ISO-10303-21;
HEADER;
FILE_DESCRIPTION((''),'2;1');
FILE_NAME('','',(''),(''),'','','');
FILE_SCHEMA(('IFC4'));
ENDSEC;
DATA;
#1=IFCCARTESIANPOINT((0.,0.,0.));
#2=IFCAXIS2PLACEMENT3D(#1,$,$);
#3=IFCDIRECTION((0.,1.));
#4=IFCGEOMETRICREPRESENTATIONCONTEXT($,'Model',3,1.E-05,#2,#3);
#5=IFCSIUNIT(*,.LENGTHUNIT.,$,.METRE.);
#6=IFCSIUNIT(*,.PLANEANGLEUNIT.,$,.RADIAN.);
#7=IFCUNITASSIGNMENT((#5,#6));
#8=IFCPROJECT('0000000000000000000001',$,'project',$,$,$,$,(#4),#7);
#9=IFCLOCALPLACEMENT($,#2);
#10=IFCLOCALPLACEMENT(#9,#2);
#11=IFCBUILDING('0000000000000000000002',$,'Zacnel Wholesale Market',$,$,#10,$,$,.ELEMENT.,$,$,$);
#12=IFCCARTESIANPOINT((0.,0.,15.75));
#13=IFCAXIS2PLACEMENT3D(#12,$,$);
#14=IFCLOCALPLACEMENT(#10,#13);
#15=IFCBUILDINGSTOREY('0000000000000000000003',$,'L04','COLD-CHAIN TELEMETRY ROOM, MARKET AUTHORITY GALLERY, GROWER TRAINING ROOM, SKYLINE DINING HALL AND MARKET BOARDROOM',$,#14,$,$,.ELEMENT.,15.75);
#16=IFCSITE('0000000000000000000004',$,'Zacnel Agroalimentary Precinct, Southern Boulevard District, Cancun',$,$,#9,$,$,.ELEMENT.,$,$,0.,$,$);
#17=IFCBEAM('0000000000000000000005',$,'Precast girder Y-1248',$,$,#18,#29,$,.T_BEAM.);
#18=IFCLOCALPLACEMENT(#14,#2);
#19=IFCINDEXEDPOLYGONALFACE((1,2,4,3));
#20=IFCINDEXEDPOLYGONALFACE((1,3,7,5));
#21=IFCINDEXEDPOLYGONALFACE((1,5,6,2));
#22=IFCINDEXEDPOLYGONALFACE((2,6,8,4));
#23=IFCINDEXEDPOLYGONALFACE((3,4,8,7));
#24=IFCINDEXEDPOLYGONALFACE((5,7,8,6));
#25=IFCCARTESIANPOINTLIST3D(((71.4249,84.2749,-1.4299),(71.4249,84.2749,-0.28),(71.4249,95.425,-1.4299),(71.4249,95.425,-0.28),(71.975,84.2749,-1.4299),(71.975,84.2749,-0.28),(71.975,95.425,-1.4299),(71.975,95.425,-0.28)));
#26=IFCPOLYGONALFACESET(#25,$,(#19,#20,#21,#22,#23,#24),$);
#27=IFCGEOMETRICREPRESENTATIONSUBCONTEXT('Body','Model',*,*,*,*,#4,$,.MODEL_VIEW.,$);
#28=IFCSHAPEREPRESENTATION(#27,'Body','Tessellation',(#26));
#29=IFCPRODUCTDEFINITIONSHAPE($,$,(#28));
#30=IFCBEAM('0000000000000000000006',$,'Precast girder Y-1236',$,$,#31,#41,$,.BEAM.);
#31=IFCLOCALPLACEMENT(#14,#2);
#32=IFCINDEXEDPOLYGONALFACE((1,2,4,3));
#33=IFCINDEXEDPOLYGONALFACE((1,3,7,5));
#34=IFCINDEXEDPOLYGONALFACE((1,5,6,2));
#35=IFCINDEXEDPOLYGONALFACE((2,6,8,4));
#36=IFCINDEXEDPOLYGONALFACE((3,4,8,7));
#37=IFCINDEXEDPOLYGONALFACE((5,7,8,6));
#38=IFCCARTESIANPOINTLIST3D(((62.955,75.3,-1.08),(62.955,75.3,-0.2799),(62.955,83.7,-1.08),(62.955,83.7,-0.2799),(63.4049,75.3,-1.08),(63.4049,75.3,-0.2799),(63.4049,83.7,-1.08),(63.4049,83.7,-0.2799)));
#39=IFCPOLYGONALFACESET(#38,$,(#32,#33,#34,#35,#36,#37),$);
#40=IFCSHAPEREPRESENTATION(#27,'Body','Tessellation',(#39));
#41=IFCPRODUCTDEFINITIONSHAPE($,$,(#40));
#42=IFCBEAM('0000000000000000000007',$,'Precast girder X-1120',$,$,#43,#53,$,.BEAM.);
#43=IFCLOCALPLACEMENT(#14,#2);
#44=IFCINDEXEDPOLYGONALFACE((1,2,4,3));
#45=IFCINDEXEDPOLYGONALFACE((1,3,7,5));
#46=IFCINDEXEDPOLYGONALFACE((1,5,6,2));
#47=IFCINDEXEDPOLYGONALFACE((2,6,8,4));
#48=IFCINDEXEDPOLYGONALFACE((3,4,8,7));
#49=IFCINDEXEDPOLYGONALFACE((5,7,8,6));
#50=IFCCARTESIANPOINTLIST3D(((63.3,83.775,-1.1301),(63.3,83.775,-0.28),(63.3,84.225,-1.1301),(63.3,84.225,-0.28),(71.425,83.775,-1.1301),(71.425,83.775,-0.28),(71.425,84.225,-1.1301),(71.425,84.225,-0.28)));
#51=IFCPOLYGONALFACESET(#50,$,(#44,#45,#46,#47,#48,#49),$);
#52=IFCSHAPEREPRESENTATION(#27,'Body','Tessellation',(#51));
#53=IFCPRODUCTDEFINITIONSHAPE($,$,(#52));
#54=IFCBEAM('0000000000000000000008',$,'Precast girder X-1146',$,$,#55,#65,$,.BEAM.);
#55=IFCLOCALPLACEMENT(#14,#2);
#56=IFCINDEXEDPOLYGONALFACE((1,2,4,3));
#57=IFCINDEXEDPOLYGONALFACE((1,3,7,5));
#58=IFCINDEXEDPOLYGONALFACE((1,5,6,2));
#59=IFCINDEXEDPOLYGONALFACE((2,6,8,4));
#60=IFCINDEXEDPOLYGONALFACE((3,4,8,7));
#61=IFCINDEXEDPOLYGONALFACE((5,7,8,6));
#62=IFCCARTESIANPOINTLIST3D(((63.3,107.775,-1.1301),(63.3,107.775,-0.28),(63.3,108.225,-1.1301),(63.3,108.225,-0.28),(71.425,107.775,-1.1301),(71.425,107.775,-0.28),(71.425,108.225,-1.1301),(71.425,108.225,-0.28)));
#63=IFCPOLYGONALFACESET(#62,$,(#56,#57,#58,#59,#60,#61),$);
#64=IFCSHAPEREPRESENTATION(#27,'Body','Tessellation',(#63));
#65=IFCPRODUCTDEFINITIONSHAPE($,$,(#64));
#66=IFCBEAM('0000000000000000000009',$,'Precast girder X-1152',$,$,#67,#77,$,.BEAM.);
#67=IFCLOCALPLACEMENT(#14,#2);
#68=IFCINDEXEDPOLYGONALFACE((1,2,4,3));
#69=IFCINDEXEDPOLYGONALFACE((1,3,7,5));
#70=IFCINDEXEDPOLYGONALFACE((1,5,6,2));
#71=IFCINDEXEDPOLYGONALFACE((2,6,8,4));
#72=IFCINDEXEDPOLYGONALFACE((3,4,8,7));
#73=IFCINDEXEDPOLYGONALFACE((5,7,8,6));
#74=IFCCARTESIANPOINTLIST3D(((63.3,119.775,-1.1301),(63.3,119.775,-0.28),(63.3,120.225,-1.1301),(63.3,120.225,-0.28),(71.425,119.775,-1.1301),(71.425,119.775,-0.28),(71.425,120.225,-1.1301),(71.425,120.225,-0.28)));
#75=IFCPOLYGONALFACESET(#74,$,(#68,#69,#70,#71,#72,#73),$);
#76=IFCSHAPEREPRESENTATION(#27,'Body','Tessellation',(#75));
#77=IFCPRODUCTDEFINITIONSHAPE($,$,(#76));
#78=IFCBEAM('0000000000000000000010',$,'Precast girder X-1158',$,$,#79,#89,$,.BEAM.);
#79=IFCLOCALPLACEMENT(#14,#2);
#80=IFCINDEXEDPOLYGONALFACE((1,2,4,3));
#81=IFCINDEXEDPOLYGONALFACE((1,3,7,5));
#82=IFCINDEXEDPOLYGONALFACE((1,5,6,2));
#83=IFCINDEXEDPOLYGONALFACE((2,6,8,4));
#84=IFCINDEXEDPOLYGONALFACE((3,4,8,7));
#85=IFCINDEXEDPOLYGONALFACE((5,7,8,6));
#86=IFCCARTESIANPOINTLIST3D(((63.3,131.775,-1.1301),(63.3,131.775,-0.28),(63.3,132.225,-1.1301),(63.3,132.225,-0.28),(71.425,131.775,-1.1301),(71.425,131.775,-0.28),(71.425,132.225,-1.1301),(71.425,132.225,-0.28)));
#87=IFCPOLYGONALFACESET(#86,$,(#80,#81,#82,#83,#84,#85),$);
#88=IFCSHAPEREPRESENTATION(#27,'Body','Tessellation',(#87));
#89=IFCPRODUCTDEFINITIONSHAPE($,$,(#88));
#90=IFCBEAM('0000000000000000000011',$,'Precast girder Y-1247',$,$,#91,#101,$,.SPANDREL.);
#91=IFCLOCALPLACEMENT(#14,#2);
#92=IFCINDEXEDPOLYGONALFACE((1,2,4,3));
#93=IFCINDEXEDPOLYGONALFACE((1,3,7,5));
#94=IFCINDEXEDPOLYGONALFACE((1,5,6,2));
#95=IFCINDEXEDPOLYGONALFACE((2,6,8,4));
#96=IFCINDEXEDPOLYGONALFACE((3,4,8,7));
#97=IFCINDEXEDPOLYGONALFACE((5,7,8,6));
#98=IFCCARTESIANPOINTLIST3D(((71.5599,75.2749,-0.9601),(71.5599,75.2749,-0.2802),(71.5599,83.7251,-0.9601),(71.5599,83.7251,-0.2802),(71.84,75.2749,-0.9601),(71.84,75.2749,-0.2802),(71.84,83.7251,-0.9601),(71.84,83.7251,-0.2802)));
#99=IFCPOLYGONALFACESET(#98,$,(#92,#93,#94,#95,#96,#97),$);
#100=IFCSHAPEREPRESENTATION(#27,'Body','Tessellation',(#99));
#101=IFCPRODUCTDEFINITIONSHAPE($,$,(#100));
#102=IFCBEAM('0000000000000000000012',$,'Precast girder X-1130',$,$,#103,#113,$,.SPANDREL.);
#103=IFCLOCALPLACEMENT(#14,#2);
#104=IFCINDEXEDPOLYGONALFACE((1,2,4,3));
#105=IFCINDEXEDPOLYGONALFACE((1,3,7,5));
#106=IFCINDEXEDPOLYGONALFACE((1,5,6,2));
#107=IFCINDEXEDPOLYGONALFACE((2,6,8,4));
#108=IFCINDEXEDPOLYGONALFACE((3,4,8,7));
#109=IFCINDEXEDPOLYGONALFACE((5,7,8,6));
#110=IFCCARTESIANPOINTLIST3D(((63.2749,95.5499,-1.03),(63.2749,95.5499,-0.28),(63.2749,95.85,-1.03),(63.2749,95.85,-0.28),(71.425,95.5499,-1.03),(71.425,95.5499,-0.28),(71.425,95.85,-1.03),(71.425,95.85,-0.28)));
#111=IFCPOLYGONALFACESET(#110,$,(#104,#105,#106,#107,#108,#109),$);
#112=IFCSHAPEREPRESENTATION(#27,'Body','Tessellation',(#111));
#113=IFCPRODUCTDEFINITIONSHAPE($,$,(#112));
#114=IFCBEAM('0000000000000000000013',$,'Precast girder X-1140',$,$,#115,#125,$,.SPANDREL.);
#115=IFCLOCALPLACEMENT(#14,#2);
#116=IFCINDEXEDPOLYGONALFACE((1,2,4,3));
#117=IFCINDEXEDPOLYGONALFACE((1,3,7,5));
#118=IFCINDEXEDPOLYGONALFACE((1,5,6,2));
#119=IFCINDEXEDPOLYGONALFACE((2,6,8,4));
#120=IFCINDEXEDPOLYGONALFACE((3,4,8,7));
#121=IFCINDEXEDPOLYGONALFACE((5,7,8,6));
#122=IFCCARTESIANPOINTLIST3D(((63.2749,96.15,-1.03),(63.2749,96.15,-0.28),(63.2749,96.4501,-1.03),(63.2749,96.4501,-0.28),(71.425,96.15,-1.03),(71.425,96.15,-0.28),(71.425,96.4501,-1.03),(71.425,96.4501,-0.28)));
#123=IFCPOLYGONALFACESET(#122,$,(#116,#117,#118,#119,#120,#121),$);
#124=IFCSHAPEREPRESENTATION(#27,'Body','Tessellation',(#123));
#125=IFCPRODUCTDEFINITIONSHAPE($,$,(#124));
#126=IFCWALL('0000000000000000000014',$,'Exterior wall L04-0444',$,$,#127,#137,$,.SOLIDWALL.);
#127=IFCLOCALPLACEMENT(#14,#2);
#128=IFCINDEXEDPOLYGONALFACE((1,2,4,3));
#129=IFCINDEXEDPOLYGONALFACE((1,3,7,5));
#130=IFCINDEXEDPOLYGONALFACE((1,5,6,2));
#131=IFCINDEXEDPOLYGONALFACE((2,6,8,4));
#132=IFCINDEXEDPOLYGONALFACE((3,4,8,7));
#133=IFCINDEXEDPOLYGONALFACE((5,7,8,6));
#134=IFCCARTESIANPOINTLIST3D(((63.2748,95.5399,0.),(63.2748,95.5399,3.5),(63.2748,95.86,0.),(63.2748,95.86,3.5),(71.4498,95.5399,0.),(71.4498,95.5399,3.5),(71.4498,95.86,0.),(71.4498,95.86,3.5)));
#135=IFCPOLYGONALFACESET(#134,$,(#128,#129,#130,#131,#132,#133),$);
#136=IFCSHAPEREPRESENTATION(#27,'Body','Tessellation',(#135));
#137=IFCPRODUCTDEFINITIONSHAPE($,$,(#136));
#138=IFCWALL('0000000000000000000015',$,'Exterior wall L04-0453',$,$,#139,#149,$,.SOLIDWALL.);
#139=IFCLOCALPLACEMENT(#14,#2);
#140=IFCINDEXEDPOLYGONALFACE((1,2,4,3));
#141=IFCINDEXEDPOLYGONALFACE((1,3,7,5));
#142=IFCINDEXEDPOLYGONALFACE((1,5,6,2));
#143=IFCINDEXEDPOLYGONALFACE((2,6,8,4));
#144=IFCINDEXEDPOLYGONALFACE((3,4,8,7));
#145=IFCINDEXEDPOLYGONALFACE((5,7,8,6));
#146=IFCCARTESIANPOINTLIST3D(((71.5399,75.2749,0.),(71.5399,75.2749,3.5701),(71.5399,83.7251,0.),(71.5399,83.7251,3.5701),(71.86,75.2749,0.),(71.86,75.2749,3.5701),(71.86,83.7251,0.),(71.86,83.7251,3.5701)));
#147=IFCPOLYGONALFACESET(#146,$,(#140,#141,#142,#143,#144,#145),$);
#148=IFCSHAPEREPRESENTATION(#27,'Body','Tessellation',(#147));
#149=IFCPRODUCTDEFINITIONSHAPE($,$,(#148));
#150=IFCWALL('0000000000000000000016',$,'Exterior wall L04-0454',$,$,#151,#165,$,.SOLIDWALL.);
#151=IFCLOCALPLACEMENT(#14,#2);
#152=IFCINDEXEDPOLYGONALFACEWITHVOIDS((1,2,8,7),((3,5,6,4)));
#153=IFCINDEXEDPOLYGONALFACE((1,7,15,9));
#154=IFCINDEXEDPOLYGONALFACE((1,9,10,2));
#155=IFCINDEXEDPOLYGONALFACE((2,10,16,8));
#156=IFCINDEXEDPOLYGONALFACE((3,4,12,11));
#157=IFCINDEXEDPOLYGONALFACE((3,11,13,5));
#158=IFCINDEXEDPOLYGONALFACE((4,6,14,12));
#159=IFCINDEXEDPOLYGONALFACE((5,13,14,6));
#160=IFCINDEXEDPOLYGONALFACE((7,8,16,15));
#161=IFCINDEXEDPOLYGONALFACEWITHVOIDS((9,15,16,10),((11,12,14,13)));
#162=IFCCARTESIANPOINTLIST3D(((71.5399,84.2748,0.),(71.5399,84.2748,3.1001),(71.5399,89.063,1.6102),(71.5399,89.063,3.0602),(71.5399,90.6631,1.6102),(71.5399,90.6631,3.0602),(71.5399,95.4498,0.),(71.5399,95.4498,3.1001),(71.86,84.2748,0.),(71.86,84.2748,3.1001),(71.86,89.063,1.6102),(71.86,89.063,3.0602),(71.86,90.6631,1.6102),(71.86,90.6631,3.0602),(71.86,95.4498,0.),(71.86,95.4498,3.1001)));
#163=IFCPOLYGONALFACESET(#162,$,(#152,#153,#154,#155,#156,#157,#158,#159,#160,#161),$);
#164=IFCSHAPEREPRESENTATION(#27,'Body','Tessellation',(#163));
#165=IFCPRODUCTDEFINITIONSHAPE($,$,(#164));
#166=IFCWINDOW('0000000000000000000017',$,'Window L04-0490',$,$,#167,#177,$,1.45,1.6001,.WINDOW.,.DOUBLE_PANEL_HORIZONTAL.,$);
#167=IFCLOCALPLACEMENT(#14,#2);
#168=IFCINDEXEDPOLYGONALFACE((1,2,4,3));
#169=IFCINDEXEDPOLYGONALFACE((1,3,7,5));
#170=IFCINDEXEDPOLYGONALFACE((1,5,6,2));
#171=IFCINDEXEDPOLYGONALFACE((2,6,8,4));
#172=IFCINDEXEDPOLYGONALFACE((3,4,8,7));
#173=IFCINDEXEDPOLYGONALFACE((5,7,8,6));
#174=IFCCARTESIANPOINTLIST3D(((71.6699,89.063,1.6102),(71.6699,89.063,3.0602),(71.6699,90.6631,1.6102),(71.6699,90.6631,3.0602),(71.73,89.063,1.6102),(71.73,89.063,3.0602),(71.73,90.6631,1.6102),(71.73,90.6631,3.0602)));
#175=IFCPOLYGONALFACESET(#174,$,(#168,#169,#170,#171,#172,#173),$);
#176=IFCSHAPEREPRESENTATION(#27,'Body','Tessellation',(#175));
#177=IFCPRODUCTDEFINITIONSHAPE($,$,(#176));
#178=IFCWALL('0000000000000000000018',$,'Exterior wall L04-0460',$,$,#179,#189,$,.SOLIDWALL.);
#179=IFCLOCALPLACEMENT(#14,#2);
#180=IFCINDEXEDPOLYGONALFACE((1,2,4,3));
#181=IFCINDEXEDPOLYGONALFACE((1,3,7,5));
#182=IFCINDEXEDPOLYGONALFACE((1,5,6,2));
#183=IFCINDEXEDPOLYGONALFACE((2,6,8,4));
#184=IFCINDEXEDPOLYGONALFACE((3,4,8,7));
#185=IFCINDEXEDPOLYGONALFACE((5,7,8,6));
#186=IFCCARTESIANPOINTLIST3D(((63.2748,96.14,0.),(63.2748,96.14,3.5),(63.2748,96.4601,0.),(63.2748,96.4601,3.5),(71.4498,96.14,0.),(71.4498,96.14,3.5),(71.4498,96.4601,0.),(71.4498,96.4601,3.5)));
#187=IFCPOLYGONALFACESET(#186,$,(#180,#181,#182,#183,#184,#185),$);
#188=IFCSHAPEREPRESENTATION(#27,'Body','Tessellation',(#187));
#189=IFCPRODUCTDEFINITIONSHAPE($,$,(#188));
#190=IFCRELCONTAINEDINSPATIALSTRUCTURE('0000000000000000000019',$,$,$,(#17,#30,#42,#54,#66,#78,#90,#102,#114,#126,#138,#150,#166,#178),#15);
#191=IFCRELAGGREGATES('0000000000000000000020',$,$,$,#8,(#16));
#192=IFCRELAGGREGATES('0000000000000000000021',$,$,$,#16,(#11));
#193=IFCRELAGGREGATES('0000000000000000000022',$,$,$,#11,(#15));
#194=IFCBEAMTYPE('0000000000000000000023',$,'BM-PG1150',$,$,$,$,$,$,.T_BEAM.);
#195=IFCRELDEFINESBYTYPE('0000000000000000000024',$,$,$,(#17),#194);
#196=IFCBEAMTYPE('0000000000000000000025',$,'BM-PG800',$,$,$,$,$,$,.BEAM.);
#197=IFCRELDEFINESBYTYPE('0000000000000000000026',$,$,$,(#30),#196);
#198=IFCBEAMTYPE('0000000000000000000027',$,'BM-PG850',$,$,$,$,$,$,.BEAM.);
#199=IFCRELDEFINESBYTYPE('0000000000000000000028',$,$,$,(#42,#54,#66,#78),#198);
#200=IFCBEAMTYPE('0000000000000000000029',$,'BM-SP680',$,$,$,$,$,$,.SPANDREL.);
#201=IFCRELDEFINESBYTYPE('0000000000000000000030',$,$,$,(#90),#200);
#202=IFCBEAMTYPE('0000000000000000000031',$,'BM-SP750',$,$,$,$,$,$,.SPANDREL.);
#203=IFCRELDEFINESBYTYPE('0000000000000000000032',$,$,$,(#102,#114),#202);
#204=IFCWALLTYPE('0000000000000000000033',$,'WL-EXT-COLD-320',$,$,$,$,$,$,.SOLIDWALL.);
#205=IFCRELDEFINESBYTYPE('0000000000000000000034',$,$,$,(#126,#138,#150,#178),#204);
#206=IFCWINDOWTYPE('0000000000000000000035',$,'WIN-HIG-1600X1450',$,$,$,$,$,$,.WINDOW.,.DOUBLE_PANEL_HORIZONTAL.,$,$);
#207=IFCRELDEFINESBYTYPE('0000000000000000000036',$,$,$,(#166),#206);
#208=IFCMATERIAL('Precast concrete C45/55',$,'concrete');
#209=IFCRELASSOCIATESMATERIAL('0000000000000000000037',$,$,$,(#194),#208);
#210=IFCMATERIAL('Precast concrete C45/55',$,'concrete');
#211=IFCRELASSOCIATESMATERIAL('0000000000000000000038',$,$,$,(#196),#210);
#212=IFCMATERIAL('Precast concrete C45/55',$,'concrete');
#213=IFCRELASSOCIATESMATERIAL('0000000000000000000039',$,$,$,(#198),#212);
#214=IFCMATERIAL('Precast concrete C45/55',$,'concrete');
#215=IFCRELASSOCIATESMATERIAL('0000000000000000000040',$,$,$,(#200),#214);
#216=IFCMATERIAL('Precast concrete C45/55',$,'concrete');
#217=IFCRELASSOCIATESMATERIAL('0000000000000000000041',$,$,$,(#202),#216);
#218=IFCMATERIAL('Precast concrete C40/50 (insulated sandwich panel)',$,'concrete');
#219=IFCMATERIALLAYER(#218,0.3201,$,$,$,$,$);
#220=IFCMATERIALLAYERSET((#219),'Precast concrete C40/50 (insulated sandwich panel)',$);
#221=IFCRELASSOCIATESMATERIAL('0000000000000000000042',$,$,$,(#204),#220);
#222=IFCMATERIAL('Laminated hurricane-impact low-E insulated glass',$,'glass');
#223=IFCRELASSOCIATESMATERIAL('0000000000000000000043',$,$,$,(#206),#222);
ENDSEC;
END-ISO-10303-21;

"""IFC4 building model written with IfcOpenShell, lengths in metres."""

from ifc_helpers import new_model, si_unit, direction, frame, frame_2d, origin, origin_2d, place, context, subcontext, project, spatial, rectangle, extrude, material, layer, layer_set, material_profile, profile_set, type_object, element, fill, save


model = new_model("IFC4")

# Units and contexts
model_context = context("Model", 3, precision=1e-05, world=origin(), true_north=direction((0.0, 1.0)))
body_context = subcontext(model_context, "Body", "Model", "MODEL_VIEW")
ifc_project = project(units=[si_unit("LENGTHUNIT", "METRE"), si_unit("PLANEANGLEUNIT", "RADIAN")], contexts=[model_context])

# Site, building, storey
site_placement = place(None, origin())
site = spatial("IfcSite", under=ifc_project, at=site_placement, Name="Zacnel Agroalimentary Precinct, Southern Boulevard District, Cancun", CompositionType="ELEMENT", RefElevation=0.0)
building_placement = place(site_placement, origin())
building = spatial("IfcBuilding", under=site, at=building_placement, Name="Zacnel Wholesale Market", CompositionType="ELEMENT")
storey_placement = place(building_placement, frame((0.0, 0.0, 15.75)))
storey = spatial("IfcBuildingStorey", under=building, at=storey_placement, Name="L04", Description="COLD-CHAIN TELEMETRY ROOM, MARKET AUTHORITY GALLERY, GROWER TRAINING ROOM, SKYLINE DINING HALL AND MARKET BOARDROOM", CompositionType="ELEMENT", Elevation=15.75)

# Beams
ifc_material_1 = material(Name="Precast concrete C45/55", Category="concrete")
ifc_material_profile_1 = material_profile(ifc_material_1, rectangle(XDim=0.55, YDim=1.1499, at=origin_2d()), Name="PG 550x1150")
ifc_profile_set_1 = profile_set([ifc_material_profile_1], Name="Precast concrete C45/55")
beam_type_1 = type_object("IfcBeamType", Name="BM-PG1150", PredefinedType="T_BEAM", material=ifc_profile_set_1)
beam_1_placement = place(storey_placement, frame((71.7, 84.2749, -0.855), z_axis=(0.0, 1.0, 0.0), x_axis=(-1.0, 0.0, 0.0)))
element("IfcBeam", 1, at=beam_1_placement, inside=storey, type_object=beam_type_1, Name="Precast girder Y-1248", PredefinedType="T_BEAM", context=body_context, shape_type="SweptSolid", body=[
    extrude(rectangle(XDim=0.55, YDim=1.1499, at=origin_2d()), origin(), (0.0, 0.0, 1.0), 11.1501),
])
ifc_material_2 = material(Name="Precast concrete C45/55", Category="concrete")
ifc_material_profile_2 = material_profile(ifc_material_2, rectangle(XDim=0.45, YDim=0.8, at=origin_2d()), Name="PG 450x800")
ifc_profile_set_2 = profile_set([ifc_material_profile_2], Name="Precast concrete C45/55")
beam_type_2 = type_object("IfcBeamType", Name="BM-PG800", PredefinedType="BEAM", material=ifc_profile_set_2)
beam_2_placement = place(storey_placement, frame((63.1799, 75.3, -0.6799), z_axis=(0.0, 1.0, 0.0), x_axis=(-1.0, 0.0, 0.0)))
element("IfcBeam", 2, at=beam_2_placement, inside=storey, type_object=beam_type_2, Name="Precast girder Y-1236", PredefinedType="BEAM", context=body_context, shape_type="SweptSolid", body=[
    extrude(rectangle(XDim=0.45, YDim=0.8, at=origin_2d()), origin(), (0.0, 0.0, 1.0), 8.3999),
])
ifc_material_3 = material(Name="Precast concrete C45/55", Category="concrete")
ifc_material_profile_3 = material_profile(ifc_material_3, rectangle(XDim=0.45, YDim=0.8501, at=origin_2d()), Name="PG 450x850")
ifc_profile_set_3 = profile_set([ifc_material_profile_3], Name="Precast concrete C45/55")
beam_type_3 = type_object("IfcBeamType", Name="BM-PG850", PredefinedType="BEAM", material=ifc_profile_set_3)
for number, where, z_axis, x_axis, name in (
    (3, (63.3, 84.0, -0.7051), (1.0, 0.0, 0.0), (0.0, 1.0, 0.0), "Precast girder X-1120"),
    (4, (63.3, 108.0, -0.7051), (1.0, 0.0, 0.0), (0.0, 1.0, 0.0), "Precast girder X-1146"),
    (5, (63.3, 120.0, -0.7051), (1.0, 0.0, 0.0), (0.0, 1.0, 0.0), "Precast girder X-1152"),
    (6, (63.3, 132.0, -0.7051), (1.0, 0.0, 0.0), (0.0, 1.0, 0.0), "Precast girder X-1158"),
):
    element("IfcBeam", number, at=place(storey_placement, frame(where, z_axis=z_axis, x_axis=x_axis)), inside=storey, type_object=beam_type_3, Name=name, PredefinedType="BEAM", context=body_context, shape_type="SweptSolid", body=[
        extrude(rectangle(XDim=0.45, YDim=0.8501, at=origin_2d()), origin(), (0.0, 0.0, 1.0), 8.125),
    ])
ifc_material_4 = material(Name="Precast concrete C45/55", Category="concrete")
ifc_material_profile_4 = material_profile(ifc_material_4, rectangle(XDim=0.28, YDim=0.6799, at=origin_2d()), Name="SP 280x680")
ifc_profile_set_4 = profile_set([ifc_material_profile_4], Name="Precast concrete C45/55")
beam_type_4 = type_object("IfcBeamType", Name="BM-SP680", PredefinedType="SPANDREL", material=ifc_profile_set_4)
beam_3_placement = place(storey_placement, frame((71.7, 75.2749, -0.6201), z_axis=(0.0, 1.0, 0.0), x_axis=(-1.0, 0.0, 0.0)))
element("IfcBeam", 7, at=beam_3_placement, inside=storey, type_object=beam_type_4, Name="Precast girder Y-1247", PredefinedType="SPANDREL", context=body_context, shape_type="SweptSolid", body=[
    extrude(rectangle(XDim=0.28, YDim=0.6799, at=origin_2d()), origin(), (0.0, 0.0, 1.0), 8.4502),
])
ifc_material_5 = material(Name="Precast concrete C45/55", Category="concrete")
ifc_material_profile_5 = material_profile(ifc_material_5, rectangle(XDim=0.3, YDim=0.75, at=origin_2d()), Name="SP 300x750")
ifc_profile_set_5 = profile_set([ifc_material_profile_5], Name="Precast concrete C45/55")
beam_type_5 = type_object("IfcBeamType", Name="BM-SP750", PredefinedType="SPANDREL", material=ifc_profile_set_5)
for number, where, z_axis, x_axis, name in (
    (8, (63.2749, 95.7, -0.655), (1.0, 0.0, 0.0), (0.0, 1.0, 0.0), "Precast girder X-1130"),
    (9, (63.2749, 96.3, -0.655), (1.0, 0.0, 0.0), (0.0, 1.0, 0.0), "Precast girder X-1140"),
):
    element("IfcBeam", number, at=place(storey_placement, frame(where, z_axis=z_axis, x_axis=x_axis)), inside=storey, type_object=beam_type_5, Name=name, PredefinedType="SPANDREL", context=body_context, shape_type="SweptSolid", body=[
        extrude(rectangle(XDim=0.3, YDim=0.75, at=origin_2d()), origin(), (0.0, 0.0, 1.0), 8.1501),
    ])

# Walls
ifc_material_6 = material(Name="Precast concrete C40/50 (insulated sandwich panel)", Category="concrete")
ifc_layer_1 = layer(ifc_material_6, 0.3201)
ifc_layer_set_1 = layer_set([ifc_layer_1], Name="Precast concrete C40/50 (insulated sandwich panel)")
wall_type = type_object("IfcWallType", Name="WL-EXT-COLD-320", PredefinedType="SOLIDWALL", material=ifc_layer_set_1)
wall_1_placement = place(storey_placement, frame((63.2749, 95.7, 0.0), z_axis=(0.0, 0.0, 1.0), x_axis=(1.0, 0.0, 0.0)))
element("IfcWall", 10, at=wall_1_placement, inside=storey, type_object=wall_type, Name="Exterior wall L04-0444", PredefinedType="SOLIDWALL", context=body_context, shape_type="SweptSolid", body=[
    extrude(rectangle(XDim=8.175, YDim=0.3201, at=frame_2d((4.0874, 0.0))), origin(), (0.0, 0.0, 1.0), 3.5),
])
wall_2_placement = place(storey_placement, frame((71.7, 75.2749, 0.0), z_axis=(0.0, 0.0, 1.0), x_axis=(0.0, 1.0, 0.0)))
element("IfcWall", 11, at=wall_2_placement, inside=storey, type_object=wall_type, Name="Exterior wall L04-0453", PredefinedType="SOLIDWALL", context=body_context, shape_type="SweptSolid", body=[
    extrude(rectangle(XDim=8.4502, YDim=0.3201, at=frame_2d((4.2251, 0.0))), origin(), (0.0, 0.0, 1.0), 3.5701),
])

# Wall, opening, window
wall_3_placement = place(storey_placement, frame((71.7, 84.2749, 0.0), z_axis=(0.0, 0.0, 1.0), x_axis=(0.0, 1.0, 0.0)))
wall_3 = element("IfcWall", 12, at=wall_3_placement, inside=storey, type_object=wall_type, Name="Exterior wall L04-0454", PredefinedType="SOLIDWALL", context=body_context, shape_type="SweptSolid", body=[
    extrude(rectangle(XDim=11.175, YDim=0.3201, at=frame_2d((5.5874, 0.0))), origin(), (0.0, 0.0, 1.0), 3.1001),
])
opening_placement = place(wall_3_placement, frame((4.7881, 0.0, 1.6101)))
opening = element("IfcOpeningElement", 13, at=opening_placement, cuts=wall_3, PredefinedType="OPENING", context=body_context, shape_type="SweptSolid", body=[
    extrude(rectangle(XDim=1.6001, YDim=1.45, at=frame_2d((0.8, 0.7251))), frame((0.0, 0.1699, 0.0), z_axis=(0.0, -1.0, 0.0), x_axis=(1.0, 0.0, 0.0)), (0.0, 0.0, 1.0), 0.3401),
])
ifc_material_7 = material(Name="Laminated hurricane-impact low-E insulated glass", Category="glass")
window_type = type_object("IfcWindowType", Name="WIN-HIG-1600X1450", PartitioningType="DOUBLE_PANEL_HORIZONTAL", PredefinedType="WINDOW", material=ifc_material_7)
window_placement = place(opening_placement, origin())
window = element("IfcWindow", 14, at=window_placement, inside=storey, type_object=window_type, Name="Window L04-0490", OverallHeight=1.45, OverallWidth=1.6001, PartitioningType="DOUBLE_PANEL_HORIZONTAL", PredefinedType="WINDOW", context=body_context, shape_type="SweptSolid", body=[
    extrude(rectangle(XDim=1.6001, YDim=1.45, at=frame_2d((0.8, 0.7251))), frame((0.0, 0.03, 0.0), z_axis=(0.0, -1.0, 0.0), x_axis=(1.0, 0.0, 0.0)), (0.0, 0.0, 1.0), 0.0601),
])
fill(opening, window)

# Wall
wall_4_placement = place(storey_placement, frame((63.2749, 96.3, 0.0), z_axis=(0.0, 0.0, 1.0), x_axis=(1.0, 0.0, 0.0)))
element("IfcWall", 15, at=wall_4_placement, inside=storey, type_object=wall_type, Name="Exterior wall L04-0460", PredefinedType="SOLIDWALL", context=body_context, shape_type="SweptSolid", body=[
    extrude(rectangle(XDim=8.175, YDim=0.3201, at=frame_2d((4.0874, 0.0))), origin(), (0.0, 0.0, 1.0), 3.5),
])

save(model, "model.ifc")
